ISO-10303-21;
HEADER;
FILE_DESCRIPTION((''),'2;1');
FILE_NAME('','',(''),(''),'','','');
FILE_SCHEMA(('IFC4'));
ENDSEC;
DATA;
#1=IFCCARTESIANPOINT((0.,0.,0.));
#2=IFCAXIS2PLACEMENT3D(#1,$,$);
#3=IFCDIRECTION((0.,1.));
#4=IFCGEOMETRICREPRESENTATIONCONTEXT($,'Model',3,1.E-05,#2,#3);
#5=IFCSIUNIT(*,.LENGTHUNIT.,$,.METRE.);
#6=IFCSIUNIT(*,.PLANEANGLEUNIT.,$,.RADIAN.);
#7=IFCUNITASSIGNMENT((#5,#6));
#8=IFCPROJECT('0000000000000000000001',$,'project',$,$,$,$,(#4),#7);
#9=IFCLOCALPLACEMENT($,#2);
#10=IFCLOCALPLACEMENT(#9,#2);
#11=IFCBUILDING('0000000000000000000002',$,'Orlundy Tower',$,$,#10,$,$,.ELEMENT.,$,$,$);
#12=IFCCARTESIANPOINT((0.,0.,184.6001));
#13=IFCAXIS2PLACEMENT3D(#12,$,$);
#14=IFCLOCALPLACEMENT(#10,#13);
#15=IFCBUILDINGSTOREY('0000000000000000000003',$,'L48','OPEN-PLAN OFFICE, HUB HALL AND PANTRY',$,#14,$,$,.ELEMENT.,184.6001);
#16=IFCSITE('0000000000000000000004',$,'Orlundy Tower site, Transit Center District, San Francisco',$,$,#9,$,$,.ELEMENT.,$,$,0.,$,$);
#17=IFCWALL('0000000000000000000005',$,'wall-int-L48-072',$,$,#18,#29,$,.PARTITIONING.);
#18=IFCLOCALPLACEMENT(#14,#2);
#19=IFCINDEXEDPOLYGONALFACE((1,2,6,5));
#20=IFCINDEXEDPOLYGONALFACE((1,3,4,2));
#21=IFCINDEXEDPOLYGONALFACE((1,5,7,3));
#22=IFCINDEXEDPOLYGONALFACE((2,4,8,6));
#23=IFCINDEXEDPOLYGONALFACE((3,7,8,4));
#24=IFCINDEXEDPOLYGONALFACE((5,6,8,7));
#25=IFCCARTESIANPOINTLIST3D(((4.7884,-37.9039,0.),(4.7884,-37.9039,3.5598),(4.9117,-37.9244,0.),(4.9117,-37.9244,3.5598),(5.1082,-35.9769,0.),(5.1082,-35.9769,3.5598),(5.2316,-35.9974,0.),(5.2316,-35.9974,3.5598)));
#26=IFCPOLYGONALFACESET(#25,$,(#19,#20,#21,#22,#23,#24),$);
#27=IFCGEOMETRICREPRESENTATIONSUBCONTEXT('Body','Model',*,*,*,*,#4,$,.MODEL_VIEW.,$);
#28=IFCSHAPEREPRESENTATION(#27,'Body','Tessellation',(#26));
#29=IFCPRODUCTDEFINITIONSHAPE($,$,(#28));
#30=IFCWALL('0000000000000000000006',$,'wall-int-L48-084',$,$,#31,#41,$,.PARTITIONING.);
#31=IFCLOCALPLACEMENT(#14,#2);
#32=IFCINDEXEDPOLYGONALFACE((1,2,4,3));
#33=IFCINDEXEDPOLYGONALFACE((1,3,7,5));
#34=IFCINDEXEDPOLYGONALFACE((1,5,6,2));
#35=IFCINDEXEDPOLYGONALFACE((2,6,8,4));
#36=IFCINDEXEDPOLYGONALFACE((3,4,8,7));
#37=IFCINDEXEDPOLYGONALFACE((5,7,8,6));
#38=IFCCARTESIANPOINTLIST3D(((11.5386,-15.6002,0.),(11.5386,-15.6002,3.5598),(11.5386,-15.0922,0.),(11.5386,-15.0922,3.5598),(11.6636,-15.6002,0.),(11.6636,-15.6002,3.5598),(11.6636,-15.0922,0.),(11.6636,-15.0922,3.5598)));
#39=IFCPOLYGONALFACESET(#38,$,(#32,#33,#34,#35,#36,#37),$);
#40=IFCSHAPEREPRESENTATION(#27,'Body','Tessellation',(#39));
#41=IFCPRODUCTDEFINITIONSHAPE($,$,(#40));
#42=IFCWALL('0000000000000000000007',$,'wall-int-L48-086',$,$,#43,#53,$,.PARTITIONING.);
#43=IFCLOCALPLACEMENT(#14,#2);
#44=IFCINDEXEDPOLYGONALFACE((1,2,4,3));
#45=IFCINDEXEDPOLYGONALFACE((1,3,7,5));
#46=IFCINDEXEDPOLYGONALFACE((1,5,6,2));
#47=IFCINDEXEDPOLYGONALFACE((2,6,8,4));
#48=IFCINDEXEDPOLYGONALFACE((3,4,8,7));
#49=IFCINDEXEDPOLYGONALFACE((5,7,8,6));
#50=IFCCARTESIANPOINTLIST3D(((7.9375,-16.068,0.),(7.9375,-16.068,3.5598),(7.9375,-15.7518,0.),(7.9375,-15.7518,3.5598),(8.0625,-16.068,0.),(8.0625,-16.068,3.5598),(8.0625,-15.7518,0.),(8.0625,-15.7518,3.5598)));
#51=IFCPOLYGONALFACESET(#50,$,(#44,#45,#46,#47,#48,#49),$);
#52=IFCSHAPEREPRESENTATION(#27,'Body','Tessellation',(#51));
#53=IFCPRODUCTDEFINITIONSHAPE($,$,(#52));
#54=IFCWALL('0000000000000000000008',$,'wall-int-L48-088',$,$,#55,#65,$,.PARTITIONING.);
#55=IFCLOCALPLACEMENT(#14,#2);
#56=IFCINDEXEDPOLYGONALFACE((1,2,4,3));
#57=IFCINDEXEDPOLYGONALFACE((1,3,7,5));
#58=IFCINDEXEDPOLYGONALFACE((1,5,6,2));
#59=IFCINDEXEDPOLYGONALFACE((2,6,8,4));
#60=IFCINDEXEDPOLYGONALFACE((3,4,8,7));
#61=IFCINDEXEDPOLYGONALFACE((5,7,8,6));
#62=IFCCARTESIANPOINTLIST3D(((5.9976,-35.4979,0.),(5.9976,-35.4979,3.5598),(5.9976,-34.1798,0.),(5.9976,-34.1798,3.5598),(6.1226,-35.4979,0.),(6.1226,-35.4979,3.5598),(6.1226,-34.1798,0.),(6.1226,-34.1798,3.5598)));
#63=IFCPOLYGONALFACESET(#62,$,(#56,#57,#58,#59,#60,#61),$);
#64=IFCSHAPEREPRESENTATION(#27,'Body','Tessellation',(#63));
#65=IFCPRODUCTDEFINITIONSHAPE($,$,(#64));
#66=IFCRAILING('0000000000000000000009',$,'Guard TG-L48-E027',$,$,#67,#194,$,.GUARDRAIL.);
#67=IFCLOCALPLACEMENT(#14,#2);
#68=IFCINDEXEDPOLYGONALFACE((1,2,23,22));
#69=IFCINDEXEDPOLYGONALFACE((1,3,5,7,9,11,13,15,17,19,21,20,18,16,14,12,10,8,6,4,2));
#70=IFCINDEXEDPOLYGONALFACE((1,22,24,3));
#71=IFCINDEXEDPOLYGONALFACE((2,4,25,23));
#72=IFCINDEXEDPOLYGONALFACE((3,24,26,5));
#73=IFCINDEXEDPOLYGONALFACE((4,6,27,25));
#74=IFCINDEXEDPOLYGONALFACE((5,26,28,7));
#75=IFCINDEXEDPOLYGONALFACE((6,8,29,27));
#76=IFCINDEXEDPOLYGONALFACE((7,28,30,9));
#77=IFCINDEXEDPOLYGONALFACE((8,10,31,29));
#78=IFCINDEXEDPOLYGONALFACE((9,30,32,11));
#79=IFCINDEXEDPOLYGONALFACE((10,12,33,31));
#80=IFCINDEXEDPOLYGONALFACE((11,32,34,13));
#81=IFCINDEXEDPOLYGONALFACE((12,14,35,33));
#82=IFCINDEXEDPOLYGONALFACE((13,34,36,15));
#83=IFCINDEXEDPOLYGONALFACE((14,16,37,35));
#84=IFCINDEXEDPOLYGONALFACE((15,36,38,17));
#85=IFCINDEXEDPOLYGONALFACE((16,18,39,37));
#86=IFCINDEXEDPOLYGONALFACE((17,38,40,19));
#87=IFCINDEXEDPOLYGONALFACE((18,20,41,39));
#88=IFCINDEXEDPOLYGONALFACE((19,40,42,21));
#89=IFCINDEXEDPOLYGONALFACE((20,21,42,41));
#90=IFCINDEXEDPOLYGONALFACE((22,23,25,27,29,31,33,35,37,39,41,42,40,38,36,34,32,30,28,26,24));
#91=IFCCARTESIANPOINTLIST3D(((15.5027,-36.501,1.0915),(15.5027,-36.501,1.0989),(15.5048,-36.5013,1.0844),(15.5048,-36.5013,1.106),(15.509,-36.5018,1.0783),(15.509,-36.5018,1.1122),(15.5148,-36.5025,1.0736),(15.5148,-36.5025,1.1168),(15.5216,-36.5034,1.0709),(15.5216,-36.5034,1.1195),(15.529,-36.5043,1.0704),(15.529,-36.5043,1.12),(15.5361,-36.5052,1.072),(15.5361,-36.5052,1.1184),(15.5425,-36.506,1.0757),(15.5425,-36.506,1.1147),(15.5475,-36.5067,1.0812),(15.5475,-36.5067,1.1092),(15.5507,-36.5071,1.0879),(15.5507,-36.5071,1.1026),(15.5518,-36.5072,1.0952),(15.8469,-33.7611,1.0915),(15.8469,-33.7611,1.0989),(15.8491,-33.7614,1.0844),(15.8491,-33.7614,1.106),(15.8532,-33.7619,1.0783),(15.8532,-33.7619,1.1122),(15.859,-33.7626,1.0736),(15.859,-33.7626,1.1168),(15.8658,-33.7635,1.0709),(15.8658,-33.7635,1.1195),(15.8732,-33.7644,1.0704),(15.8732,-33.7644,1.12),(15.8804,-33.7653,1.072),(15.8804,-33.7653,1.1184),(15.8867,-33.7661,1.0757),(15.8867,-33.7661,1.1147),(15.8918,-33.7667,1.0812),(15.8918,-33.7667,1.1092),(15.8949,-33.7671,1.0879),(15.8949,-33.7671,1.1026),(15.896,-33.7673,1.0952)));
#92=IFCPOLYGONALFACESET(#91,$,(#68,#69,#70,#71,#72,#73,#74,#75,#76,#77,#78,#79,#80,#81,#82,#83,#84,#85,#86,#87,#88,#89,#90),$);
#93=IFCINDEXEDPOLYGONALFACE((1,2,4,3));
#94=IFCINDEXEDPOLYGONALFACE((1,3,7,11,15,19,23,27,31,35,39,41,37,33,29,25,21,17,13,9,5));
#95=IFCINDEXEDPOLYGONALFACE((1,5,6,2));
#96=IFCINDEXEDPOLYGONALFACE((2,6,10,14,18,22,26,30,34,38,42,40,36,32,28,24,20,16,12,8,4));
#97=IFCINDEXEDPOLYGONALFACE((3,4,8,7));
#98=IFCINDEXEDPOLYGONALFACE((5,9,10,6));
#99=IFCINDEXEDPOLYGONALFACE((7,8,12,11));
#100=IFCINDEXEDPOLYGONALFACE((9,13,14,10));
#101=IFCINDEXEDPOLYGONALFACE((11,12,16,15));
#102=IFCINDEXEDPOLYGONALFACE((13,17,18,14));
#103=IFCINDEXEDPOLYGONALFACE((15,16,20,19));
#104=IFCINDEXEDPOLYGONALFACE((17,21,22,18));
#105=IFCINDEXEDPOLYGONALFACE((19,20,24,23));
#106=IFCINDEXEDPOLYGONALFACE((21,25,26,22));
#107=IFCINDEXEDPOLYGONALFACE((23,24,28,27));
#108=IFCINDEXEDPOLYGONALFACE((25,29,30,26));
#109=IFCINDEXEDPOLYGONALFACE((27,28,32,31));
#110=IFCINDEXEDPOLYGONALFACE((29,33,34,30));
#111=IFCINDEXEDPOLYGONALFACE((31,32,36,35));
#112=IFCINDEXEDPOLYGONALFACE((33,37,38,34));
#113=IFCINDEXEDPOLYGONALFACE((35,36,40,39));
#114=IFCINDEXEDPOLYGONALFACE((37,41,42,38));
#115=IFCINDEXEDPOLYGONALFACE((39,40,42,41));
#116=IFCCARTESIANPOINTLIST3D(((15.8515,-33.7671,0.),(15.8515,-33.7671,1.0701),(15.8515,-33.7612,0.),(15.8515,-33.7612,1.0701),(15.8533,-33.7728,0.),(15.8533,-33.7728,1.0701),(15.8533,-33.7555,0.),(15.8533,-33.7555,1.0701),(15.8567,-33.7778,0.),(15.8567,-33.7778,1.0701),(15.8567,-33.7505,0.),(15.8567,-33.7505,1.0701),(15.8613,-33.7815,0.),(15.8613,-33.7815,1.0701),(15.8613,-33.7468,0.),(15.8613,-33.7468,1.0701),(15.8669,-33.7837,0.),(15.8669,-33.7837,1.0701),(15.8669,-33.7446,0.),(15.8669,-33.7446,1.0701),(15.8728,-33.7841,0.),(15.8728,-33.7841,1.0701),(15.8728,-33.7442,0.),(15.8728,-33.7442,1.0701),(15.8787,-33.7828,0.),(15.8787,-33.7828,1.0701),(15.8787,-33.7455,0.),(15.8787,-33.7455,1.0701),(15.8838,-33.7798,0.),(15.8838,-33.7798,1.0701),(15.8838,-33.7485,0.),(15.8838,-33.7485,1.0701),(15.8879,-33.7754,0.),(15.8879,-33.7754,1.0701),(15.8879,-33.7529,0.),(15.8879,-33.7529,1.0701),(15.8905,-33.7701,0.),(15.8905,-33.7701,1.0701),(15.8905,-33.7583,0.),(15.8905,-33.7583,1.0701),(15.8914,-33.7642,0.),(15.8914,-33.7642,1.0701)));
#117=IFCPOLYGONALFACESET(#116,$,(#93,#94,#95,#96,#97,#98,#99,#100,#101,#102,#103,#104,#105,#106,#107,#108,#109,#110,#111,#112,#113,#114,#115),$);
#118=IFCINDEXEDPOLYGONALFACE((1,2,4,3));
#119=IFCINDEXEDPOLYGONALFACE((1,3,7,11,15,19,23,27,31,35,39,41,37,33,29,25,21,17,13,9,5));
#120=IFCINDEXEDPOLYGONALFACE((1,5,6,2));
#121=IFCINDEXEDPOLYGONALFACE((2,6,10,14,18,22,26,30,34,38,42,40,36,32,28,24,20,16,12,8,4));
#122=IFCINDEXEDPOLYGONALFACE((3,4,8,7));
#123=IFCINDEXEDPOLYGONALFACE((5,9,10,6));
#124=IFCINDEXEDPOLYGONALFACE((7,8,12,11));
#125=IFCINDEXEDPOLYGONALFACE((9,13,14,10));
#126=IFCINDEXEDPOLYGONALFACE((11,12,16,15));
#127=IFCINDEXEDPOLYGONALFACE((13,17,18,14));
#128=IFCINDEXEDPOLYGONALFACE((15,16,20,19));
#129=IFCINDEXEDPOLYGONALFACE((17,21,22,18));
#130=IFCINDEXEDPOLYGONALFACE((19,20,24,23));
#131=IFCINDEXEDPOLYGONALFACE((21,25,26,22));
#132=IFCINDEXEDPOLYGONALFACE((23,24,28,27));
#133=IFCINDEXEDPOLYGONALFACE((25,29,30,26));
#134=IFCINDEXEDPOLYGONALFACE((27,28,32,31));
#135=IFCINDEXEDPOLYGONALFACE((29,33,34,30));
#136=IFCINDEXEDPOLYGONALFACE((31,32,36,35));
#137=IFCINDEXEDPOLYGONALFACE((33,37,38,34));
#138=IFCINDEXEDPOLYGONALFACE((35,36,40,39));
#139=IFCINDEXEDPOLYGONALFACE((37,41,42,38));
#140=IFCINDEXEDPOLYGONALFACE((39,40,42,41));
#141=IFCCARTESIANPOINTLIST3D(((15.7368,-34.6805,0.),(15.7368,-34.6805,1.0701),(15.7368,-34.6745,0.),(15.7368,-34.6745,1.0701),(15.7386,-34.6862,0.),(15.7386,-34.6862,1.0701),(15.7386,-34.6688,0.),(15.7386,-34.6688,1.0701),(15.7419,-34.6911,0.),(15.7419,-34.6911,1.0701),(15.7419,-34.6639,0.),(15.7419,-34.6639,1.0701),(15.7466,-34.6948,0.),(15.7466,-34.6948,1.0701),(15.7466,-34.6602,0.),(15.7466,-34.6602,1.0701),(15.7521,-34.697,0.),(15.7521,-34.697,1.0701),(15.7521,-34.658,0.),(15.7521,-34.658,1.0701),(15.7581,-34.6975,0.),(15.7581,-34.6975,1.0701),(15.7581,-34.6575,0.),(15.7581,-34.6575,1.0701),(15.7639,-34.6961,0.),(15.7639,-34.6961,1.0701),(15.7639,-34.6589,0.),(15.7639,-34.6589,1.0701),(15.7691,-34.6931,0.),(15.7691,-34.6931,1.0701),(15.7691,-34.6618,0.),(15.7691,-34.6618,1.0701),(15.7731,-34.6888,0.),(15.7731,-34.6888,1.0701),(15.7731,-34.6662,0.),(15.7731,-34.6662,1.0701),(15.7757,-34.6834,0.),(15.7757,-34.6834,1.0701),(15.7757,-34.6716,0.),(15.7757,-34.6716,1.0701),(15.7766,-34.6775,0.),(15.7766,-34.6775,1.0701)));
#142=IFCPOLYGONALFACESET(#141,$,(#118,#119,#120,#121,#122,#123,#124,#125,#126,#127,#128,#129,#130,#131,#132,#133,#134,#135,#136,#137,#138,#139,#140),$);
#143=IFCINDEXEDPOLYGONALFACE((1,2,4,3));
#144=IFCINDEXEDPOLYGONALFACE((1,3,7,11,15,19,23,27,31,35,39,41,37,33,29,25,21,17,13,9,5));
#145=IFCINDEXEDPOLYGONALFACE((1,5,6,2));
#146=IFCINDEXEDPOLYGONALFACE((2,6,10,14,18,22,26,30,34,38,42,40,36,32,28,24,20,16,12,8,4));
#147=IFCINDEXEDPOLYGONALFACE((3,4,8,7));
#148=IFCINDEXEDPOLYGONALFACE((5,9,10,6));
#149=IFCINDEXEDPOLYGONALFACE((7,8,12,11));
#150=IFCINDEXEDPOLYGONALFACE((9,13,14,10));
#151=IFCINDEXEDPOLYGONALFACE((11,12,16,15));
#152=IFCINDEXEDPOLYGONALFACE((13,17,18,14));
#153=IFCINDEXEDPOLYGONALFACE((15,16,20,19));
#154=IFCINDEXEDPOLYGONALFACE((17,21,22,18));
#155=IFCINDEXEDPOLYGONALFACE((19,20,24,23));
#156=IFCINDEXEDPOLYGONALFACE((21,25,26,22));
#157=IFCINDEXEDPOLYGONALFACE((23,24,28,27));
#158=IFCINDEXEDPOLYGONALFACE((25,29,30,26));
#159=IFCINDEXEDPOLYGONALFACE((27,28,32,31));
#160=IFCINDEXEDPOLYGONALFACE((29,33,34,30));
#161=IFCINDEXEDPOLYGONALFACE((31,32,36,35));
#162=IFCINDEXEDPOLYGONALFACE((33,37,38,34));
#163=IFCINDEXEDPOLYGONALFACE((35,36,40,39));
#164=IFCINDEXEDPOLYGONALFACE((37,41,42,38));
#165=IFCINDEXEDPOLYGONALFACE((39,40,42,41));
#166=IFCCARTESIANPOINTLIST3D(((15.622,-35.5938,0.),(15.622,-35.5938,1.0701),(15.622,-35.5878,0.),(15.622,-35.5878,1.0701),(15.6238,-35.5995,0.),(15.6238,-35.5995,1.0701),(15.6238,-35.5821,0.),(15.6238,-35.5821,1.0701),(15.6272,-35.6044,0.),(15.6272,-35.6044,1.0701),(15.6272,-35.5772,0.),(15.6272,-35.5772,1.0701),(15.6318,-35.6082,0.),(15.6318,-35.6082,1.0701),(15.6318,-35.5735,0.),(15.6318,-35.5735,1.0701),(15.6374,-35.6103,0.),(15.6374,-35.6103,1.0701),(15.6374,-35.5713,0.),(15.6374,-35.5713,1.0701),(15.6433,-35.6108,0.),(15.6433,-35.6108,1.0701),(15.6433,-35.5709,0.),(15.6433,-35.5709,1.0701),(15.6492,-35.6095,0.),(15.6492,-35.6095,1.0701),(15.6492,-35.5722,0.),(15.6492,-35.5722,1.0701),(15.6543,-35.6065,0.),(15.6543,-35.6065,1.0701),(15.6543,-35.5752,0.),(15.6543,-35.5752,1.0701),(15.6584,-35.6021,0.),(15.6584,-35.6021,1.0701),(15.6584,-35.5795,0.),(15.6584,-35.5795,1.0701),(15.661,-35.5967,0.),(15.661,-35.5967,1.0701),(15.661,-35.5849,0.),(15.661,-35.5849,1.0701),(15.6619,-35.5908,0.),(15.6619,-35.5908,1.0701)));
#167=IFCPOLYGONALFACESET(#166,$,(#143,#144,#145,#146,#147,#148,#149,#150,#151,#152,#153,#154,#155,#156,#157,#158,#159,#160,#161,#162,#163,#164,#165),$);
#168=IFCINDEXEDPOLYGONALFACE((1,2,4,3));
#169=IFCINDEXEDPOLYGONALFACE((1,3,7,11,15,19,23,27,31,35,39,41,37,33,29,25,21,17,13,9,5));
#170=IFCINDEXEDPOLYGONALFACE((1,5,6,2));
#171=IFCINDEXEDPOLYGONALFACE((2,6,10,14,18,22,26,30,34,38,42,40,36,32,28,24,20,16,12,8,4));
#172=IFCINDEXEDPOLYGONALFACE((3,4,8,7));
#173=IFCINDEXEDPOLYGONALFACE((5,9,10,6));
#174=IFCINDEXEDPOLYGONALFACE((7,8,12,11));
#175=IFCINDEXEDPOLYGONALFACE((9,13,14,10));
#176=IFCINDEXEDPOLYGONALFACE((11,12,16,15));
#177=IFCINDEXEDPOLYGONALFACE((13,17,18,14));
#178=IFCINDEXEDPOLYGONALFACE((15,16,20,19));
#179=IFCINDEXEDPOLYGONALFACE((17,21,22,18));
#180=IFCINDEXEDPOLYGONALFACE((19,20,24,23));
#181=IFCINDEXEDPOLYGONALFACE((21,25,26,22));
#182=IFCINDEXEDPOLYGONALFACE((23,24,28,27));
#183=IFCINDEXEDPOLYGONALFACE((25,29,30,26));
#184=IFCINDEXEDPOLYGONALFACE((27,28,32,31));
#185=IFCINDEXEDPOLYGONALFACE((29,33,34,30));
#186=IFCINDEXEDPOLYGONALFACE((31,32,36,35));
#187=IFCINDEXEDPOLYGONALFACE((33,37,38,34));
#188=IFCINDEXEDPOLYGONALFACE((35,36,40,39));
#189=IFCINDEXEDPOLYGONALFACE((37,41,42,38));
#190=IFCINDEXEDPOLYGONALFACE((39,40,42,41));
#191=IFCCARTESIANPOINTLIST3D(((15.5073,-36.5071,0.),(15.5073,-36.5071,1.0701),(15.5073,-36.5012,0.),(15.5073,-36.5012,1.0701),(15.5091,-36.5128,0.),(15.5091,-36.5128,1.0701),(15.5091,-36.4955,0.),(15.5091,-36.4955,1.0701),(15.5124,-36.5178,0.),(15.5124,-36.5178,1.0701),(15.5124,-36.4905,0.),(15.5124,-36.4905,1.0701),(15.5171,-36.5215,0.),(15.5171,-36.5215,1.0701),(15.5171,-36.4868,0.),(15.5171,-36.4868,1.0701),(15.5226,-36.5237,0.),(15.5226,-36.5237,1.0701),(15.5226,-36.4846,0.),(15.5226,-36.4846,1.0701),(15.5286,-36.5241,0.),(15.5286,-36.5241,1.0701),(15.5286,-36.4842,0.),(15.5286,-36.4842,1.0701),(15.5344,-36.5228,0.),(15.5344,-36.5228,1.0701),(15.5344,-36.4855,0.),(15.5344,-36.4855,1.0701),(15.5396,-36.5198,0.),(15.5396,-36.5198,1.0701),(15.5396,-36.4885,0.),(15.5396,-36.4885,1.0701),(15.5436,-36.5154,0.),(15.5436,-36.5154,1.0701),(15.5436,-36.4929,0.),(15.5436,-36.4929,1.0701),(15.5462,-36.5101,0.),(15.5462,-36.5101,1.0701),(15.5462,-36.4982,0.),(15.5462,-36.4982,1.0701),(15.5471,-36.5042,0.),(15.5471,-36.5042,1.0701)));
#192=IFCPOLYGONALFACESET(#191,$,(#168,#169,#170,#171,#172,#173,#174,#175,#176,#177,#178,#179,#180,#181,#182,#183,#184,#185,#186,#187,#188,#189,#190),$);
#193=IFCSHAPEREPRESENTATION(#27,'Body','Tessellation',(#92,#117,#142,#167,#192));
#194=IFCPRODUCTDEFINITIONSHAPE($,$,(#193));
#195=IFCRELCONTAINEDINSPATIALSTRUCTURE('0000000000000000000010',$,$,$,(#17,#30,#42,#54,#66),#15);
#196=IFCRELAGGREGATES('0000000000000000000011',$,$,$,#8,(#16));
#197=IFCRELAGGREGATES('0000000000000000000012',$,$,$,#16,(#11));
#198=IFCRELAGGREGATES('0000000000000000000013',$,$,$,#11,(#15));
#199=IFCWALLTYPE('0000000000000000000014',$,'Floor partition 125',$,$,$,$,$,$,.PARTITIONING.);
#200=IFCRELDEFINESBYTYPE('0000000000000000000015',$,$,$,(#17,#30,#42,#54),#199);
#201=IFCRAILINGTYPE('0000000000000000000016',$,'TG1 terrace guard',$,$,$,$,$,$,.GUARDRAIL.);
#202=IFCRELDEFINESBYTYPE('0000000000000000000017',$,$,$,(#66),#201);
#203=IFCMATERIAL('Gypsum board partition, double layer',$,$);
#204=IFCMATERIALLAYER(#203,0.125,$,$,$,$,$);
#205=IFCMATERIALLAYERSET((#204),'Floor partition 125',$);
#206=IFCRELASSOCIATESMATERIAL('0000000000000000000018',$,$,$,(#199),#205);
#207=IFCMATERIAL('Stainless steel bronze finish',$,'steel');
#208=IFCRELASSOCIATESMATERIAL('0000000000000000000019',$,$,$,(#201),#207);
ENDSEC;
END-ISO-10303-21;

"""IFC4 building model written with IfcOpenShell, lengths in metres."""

from ifc_helpers import new_model, si_unit, direction, frame, frame_2d, origin, origin_2d, place, context, subcontext, project, spatial, rectangle, circle, extrude, material, layer, layer_set, type_object, element, save


model = new_model("IFC4")

# Units and contexts
model_context = context("Model", 3, precision=1e-05, world=origin(), true_north=direction((0.0, 1.0)))
body_context = subcontext(model_context, "Body", "Model", "MODEL_VIEW")
ifc_project = project(units=[si_unit("LENGTHUNIT", "METRE"), si_unit("PLANEANGLEUNIT", "RADIAN")], contexts=[model_context])

# Site, building, storey
site_placement = place(None, origin())
site = spatial("IfcSite", under=ifc_project, at=site_placement, Name="Orlundy Tower site, Transit Center District, San Francisco", CompositionType="ELEMENT", RefElevation=0.0)
building_placement = place(site_placement, origin())
building = spatial("IfcBuilding", under=site, at=building_placement, Name="Orlundy Tower", CompositionType="ELEMENT")
storey_placement = place(building_placement, frame((0.0, 0.0, 184.6001)))
storey = spatial("IfcBuildingStorey", under=building, at=storey_placement, Name="L48", Description="OPEN-PLAN OFFICE, HUB HALL AND PANTRY", CompositionType="ELEMENT", Elevation=184.6001)

# Shared definitions
ifc_material_1 = material(Name="Gypsum board partition, double layer")
ifc_layer_1 = layer(ifc_material_1, 0.125)
ifc_layer_set_1 = layer_set([ifc_layer_1], Name="Floor partition 125")
wall_type_1 = type_object("IfcWallType", Name="Floor partition 125", PredefinedType="PARTITIONING", material=ifc_layer_set_1)

# Walls
wall_1_placement = place(storey_placement, frame((4.8501, -37.9141, 0.0), z_axis=(0.0, 0.0, 1.0), x_axis=(0.16373, 0.986505, 0.0)))
element("IfcWall", 1, at=wall_1_placement, inside=storey, type_object=wall_type_1, Name="wall-int-L48-072", PredefinedType="PARTITIONING", context=body_context, shape_type="SweptSolid", body=[
    extrude(rectangle(XDim=1.9534, YDim=0.125, at=frame_2d((0.9766, 0.0))), origin(), (0.0, 0.0, 1.0), 3.5598),
])
wall_2_placement = place(storey_placement, frame((11.6011, -15.6001, 0.0), z_axis=(0.0, 0.0, 1.0), x_axis=(0.0, 1.0, 0.0)))
element("IfcWall", 2, at=wall_2_placement, inside=storey, type_object=wall_type_1, Name="wall-int-L48-084", PredefinedType="PARTITIONING", context=body_context, shape_type="SweptSolid", body=[
    extrude(rectangle(XDim=0.5081, YDim=0.125, at=frame_2d((0.2539, 0.0))), origin(), (0.0, 0.0, 1.0), 3.5598),
])
wall_3_placement = place(storey_placement, frame((8.0, -16.0681, 0.0), z_axis=(0.0, 0.0, 1.0), x_axis=(0.0, 1.0, 0.0)))
element("IfcWall", 3, at=wall_3_placement, inside=storey, type_object=wall_type_1, Name="wall-int-L48-086", PredefinedType="PARTITIONING", context=body_context, shape_type="SweptSolid", body=[
    extrude(rectangle(XDim=0.3162, YDim=0.125, at=frame_2d((0.1582, 0.0))), origin(), (0.0, 0.0, 1.0), 3.5598),
])
wall_4_placement = place(storey_placement, frame((6.0601, -35.498, 0.0), z_axis=(0.0, 0.0, 1.0), x_axis=(0.0, 1.0, 0.0)))
element("IfcWall", 4, at=wall_4_placement, inside=storey, type_object=wall_type_1, Name="wall-int-L48-088", PredefinedType="PARTITIONING", context=body_context, shape_type="SweptSolid", body=[
    extrude(rectangle(XDim=1.3181, YDim=0.125, at=frame_2d((0.6592, 0.0))), origin(), (0.0, 0.0, 1.0), 3.5598),
])

# Railing
ifc_material_2 = material(Name="Stainless steel bronze finish", Category="steel")
railing_type = type_object("IfcRailingType", Name="TG1 terrace guard", PredefinedType="GUARDRAIL", material=ifc_material_2)
railing_placement = place(storey_placement, frame((15.8713, -33.7642, 0.0)))
element("IfcRailing", 5, at=railing_placement, inside=storey, type_object=railing_type, Name="Guard TG-L48-E027", PredefinedType="GUARDRAIL", context=body_context, shape_type="SweptSolid", body=[
    extrude(circle(Radius=0.0249, at=origin_2d()), frame((0.0, 0.0, 1.0952), z_axis=(-0.124655, -0.9922, 0.0), x_axis=(0.9922, -0.124655, 0.0)), (0.0, 0.0, 1.0), 2.7615),
    extrude(circle(Radius=0.02, at=origin_2d()), origin(), (0.0, 0.0, 1.0), 1.0701),
    extrude(circle(Radius=0.02, at=origin_2d()), frame((-0.1147, -0.9133, 0.0)), (0.0, 0.0, 1.0), 1.0701),
    extrude(circle(Radius=0.02, at=origin_2d()), frame((-0.2295, -1.8267, 0.0)), (0.0, 0.0, 1.0), 1.0701),
    extrude(circle(Radius=0.02, at=origin_2d()), frame((-0.3442, -2.74, 0.0)), (0.0, 0.0, 1.0), 1.0701),
])

save(model, "model.ifc")
